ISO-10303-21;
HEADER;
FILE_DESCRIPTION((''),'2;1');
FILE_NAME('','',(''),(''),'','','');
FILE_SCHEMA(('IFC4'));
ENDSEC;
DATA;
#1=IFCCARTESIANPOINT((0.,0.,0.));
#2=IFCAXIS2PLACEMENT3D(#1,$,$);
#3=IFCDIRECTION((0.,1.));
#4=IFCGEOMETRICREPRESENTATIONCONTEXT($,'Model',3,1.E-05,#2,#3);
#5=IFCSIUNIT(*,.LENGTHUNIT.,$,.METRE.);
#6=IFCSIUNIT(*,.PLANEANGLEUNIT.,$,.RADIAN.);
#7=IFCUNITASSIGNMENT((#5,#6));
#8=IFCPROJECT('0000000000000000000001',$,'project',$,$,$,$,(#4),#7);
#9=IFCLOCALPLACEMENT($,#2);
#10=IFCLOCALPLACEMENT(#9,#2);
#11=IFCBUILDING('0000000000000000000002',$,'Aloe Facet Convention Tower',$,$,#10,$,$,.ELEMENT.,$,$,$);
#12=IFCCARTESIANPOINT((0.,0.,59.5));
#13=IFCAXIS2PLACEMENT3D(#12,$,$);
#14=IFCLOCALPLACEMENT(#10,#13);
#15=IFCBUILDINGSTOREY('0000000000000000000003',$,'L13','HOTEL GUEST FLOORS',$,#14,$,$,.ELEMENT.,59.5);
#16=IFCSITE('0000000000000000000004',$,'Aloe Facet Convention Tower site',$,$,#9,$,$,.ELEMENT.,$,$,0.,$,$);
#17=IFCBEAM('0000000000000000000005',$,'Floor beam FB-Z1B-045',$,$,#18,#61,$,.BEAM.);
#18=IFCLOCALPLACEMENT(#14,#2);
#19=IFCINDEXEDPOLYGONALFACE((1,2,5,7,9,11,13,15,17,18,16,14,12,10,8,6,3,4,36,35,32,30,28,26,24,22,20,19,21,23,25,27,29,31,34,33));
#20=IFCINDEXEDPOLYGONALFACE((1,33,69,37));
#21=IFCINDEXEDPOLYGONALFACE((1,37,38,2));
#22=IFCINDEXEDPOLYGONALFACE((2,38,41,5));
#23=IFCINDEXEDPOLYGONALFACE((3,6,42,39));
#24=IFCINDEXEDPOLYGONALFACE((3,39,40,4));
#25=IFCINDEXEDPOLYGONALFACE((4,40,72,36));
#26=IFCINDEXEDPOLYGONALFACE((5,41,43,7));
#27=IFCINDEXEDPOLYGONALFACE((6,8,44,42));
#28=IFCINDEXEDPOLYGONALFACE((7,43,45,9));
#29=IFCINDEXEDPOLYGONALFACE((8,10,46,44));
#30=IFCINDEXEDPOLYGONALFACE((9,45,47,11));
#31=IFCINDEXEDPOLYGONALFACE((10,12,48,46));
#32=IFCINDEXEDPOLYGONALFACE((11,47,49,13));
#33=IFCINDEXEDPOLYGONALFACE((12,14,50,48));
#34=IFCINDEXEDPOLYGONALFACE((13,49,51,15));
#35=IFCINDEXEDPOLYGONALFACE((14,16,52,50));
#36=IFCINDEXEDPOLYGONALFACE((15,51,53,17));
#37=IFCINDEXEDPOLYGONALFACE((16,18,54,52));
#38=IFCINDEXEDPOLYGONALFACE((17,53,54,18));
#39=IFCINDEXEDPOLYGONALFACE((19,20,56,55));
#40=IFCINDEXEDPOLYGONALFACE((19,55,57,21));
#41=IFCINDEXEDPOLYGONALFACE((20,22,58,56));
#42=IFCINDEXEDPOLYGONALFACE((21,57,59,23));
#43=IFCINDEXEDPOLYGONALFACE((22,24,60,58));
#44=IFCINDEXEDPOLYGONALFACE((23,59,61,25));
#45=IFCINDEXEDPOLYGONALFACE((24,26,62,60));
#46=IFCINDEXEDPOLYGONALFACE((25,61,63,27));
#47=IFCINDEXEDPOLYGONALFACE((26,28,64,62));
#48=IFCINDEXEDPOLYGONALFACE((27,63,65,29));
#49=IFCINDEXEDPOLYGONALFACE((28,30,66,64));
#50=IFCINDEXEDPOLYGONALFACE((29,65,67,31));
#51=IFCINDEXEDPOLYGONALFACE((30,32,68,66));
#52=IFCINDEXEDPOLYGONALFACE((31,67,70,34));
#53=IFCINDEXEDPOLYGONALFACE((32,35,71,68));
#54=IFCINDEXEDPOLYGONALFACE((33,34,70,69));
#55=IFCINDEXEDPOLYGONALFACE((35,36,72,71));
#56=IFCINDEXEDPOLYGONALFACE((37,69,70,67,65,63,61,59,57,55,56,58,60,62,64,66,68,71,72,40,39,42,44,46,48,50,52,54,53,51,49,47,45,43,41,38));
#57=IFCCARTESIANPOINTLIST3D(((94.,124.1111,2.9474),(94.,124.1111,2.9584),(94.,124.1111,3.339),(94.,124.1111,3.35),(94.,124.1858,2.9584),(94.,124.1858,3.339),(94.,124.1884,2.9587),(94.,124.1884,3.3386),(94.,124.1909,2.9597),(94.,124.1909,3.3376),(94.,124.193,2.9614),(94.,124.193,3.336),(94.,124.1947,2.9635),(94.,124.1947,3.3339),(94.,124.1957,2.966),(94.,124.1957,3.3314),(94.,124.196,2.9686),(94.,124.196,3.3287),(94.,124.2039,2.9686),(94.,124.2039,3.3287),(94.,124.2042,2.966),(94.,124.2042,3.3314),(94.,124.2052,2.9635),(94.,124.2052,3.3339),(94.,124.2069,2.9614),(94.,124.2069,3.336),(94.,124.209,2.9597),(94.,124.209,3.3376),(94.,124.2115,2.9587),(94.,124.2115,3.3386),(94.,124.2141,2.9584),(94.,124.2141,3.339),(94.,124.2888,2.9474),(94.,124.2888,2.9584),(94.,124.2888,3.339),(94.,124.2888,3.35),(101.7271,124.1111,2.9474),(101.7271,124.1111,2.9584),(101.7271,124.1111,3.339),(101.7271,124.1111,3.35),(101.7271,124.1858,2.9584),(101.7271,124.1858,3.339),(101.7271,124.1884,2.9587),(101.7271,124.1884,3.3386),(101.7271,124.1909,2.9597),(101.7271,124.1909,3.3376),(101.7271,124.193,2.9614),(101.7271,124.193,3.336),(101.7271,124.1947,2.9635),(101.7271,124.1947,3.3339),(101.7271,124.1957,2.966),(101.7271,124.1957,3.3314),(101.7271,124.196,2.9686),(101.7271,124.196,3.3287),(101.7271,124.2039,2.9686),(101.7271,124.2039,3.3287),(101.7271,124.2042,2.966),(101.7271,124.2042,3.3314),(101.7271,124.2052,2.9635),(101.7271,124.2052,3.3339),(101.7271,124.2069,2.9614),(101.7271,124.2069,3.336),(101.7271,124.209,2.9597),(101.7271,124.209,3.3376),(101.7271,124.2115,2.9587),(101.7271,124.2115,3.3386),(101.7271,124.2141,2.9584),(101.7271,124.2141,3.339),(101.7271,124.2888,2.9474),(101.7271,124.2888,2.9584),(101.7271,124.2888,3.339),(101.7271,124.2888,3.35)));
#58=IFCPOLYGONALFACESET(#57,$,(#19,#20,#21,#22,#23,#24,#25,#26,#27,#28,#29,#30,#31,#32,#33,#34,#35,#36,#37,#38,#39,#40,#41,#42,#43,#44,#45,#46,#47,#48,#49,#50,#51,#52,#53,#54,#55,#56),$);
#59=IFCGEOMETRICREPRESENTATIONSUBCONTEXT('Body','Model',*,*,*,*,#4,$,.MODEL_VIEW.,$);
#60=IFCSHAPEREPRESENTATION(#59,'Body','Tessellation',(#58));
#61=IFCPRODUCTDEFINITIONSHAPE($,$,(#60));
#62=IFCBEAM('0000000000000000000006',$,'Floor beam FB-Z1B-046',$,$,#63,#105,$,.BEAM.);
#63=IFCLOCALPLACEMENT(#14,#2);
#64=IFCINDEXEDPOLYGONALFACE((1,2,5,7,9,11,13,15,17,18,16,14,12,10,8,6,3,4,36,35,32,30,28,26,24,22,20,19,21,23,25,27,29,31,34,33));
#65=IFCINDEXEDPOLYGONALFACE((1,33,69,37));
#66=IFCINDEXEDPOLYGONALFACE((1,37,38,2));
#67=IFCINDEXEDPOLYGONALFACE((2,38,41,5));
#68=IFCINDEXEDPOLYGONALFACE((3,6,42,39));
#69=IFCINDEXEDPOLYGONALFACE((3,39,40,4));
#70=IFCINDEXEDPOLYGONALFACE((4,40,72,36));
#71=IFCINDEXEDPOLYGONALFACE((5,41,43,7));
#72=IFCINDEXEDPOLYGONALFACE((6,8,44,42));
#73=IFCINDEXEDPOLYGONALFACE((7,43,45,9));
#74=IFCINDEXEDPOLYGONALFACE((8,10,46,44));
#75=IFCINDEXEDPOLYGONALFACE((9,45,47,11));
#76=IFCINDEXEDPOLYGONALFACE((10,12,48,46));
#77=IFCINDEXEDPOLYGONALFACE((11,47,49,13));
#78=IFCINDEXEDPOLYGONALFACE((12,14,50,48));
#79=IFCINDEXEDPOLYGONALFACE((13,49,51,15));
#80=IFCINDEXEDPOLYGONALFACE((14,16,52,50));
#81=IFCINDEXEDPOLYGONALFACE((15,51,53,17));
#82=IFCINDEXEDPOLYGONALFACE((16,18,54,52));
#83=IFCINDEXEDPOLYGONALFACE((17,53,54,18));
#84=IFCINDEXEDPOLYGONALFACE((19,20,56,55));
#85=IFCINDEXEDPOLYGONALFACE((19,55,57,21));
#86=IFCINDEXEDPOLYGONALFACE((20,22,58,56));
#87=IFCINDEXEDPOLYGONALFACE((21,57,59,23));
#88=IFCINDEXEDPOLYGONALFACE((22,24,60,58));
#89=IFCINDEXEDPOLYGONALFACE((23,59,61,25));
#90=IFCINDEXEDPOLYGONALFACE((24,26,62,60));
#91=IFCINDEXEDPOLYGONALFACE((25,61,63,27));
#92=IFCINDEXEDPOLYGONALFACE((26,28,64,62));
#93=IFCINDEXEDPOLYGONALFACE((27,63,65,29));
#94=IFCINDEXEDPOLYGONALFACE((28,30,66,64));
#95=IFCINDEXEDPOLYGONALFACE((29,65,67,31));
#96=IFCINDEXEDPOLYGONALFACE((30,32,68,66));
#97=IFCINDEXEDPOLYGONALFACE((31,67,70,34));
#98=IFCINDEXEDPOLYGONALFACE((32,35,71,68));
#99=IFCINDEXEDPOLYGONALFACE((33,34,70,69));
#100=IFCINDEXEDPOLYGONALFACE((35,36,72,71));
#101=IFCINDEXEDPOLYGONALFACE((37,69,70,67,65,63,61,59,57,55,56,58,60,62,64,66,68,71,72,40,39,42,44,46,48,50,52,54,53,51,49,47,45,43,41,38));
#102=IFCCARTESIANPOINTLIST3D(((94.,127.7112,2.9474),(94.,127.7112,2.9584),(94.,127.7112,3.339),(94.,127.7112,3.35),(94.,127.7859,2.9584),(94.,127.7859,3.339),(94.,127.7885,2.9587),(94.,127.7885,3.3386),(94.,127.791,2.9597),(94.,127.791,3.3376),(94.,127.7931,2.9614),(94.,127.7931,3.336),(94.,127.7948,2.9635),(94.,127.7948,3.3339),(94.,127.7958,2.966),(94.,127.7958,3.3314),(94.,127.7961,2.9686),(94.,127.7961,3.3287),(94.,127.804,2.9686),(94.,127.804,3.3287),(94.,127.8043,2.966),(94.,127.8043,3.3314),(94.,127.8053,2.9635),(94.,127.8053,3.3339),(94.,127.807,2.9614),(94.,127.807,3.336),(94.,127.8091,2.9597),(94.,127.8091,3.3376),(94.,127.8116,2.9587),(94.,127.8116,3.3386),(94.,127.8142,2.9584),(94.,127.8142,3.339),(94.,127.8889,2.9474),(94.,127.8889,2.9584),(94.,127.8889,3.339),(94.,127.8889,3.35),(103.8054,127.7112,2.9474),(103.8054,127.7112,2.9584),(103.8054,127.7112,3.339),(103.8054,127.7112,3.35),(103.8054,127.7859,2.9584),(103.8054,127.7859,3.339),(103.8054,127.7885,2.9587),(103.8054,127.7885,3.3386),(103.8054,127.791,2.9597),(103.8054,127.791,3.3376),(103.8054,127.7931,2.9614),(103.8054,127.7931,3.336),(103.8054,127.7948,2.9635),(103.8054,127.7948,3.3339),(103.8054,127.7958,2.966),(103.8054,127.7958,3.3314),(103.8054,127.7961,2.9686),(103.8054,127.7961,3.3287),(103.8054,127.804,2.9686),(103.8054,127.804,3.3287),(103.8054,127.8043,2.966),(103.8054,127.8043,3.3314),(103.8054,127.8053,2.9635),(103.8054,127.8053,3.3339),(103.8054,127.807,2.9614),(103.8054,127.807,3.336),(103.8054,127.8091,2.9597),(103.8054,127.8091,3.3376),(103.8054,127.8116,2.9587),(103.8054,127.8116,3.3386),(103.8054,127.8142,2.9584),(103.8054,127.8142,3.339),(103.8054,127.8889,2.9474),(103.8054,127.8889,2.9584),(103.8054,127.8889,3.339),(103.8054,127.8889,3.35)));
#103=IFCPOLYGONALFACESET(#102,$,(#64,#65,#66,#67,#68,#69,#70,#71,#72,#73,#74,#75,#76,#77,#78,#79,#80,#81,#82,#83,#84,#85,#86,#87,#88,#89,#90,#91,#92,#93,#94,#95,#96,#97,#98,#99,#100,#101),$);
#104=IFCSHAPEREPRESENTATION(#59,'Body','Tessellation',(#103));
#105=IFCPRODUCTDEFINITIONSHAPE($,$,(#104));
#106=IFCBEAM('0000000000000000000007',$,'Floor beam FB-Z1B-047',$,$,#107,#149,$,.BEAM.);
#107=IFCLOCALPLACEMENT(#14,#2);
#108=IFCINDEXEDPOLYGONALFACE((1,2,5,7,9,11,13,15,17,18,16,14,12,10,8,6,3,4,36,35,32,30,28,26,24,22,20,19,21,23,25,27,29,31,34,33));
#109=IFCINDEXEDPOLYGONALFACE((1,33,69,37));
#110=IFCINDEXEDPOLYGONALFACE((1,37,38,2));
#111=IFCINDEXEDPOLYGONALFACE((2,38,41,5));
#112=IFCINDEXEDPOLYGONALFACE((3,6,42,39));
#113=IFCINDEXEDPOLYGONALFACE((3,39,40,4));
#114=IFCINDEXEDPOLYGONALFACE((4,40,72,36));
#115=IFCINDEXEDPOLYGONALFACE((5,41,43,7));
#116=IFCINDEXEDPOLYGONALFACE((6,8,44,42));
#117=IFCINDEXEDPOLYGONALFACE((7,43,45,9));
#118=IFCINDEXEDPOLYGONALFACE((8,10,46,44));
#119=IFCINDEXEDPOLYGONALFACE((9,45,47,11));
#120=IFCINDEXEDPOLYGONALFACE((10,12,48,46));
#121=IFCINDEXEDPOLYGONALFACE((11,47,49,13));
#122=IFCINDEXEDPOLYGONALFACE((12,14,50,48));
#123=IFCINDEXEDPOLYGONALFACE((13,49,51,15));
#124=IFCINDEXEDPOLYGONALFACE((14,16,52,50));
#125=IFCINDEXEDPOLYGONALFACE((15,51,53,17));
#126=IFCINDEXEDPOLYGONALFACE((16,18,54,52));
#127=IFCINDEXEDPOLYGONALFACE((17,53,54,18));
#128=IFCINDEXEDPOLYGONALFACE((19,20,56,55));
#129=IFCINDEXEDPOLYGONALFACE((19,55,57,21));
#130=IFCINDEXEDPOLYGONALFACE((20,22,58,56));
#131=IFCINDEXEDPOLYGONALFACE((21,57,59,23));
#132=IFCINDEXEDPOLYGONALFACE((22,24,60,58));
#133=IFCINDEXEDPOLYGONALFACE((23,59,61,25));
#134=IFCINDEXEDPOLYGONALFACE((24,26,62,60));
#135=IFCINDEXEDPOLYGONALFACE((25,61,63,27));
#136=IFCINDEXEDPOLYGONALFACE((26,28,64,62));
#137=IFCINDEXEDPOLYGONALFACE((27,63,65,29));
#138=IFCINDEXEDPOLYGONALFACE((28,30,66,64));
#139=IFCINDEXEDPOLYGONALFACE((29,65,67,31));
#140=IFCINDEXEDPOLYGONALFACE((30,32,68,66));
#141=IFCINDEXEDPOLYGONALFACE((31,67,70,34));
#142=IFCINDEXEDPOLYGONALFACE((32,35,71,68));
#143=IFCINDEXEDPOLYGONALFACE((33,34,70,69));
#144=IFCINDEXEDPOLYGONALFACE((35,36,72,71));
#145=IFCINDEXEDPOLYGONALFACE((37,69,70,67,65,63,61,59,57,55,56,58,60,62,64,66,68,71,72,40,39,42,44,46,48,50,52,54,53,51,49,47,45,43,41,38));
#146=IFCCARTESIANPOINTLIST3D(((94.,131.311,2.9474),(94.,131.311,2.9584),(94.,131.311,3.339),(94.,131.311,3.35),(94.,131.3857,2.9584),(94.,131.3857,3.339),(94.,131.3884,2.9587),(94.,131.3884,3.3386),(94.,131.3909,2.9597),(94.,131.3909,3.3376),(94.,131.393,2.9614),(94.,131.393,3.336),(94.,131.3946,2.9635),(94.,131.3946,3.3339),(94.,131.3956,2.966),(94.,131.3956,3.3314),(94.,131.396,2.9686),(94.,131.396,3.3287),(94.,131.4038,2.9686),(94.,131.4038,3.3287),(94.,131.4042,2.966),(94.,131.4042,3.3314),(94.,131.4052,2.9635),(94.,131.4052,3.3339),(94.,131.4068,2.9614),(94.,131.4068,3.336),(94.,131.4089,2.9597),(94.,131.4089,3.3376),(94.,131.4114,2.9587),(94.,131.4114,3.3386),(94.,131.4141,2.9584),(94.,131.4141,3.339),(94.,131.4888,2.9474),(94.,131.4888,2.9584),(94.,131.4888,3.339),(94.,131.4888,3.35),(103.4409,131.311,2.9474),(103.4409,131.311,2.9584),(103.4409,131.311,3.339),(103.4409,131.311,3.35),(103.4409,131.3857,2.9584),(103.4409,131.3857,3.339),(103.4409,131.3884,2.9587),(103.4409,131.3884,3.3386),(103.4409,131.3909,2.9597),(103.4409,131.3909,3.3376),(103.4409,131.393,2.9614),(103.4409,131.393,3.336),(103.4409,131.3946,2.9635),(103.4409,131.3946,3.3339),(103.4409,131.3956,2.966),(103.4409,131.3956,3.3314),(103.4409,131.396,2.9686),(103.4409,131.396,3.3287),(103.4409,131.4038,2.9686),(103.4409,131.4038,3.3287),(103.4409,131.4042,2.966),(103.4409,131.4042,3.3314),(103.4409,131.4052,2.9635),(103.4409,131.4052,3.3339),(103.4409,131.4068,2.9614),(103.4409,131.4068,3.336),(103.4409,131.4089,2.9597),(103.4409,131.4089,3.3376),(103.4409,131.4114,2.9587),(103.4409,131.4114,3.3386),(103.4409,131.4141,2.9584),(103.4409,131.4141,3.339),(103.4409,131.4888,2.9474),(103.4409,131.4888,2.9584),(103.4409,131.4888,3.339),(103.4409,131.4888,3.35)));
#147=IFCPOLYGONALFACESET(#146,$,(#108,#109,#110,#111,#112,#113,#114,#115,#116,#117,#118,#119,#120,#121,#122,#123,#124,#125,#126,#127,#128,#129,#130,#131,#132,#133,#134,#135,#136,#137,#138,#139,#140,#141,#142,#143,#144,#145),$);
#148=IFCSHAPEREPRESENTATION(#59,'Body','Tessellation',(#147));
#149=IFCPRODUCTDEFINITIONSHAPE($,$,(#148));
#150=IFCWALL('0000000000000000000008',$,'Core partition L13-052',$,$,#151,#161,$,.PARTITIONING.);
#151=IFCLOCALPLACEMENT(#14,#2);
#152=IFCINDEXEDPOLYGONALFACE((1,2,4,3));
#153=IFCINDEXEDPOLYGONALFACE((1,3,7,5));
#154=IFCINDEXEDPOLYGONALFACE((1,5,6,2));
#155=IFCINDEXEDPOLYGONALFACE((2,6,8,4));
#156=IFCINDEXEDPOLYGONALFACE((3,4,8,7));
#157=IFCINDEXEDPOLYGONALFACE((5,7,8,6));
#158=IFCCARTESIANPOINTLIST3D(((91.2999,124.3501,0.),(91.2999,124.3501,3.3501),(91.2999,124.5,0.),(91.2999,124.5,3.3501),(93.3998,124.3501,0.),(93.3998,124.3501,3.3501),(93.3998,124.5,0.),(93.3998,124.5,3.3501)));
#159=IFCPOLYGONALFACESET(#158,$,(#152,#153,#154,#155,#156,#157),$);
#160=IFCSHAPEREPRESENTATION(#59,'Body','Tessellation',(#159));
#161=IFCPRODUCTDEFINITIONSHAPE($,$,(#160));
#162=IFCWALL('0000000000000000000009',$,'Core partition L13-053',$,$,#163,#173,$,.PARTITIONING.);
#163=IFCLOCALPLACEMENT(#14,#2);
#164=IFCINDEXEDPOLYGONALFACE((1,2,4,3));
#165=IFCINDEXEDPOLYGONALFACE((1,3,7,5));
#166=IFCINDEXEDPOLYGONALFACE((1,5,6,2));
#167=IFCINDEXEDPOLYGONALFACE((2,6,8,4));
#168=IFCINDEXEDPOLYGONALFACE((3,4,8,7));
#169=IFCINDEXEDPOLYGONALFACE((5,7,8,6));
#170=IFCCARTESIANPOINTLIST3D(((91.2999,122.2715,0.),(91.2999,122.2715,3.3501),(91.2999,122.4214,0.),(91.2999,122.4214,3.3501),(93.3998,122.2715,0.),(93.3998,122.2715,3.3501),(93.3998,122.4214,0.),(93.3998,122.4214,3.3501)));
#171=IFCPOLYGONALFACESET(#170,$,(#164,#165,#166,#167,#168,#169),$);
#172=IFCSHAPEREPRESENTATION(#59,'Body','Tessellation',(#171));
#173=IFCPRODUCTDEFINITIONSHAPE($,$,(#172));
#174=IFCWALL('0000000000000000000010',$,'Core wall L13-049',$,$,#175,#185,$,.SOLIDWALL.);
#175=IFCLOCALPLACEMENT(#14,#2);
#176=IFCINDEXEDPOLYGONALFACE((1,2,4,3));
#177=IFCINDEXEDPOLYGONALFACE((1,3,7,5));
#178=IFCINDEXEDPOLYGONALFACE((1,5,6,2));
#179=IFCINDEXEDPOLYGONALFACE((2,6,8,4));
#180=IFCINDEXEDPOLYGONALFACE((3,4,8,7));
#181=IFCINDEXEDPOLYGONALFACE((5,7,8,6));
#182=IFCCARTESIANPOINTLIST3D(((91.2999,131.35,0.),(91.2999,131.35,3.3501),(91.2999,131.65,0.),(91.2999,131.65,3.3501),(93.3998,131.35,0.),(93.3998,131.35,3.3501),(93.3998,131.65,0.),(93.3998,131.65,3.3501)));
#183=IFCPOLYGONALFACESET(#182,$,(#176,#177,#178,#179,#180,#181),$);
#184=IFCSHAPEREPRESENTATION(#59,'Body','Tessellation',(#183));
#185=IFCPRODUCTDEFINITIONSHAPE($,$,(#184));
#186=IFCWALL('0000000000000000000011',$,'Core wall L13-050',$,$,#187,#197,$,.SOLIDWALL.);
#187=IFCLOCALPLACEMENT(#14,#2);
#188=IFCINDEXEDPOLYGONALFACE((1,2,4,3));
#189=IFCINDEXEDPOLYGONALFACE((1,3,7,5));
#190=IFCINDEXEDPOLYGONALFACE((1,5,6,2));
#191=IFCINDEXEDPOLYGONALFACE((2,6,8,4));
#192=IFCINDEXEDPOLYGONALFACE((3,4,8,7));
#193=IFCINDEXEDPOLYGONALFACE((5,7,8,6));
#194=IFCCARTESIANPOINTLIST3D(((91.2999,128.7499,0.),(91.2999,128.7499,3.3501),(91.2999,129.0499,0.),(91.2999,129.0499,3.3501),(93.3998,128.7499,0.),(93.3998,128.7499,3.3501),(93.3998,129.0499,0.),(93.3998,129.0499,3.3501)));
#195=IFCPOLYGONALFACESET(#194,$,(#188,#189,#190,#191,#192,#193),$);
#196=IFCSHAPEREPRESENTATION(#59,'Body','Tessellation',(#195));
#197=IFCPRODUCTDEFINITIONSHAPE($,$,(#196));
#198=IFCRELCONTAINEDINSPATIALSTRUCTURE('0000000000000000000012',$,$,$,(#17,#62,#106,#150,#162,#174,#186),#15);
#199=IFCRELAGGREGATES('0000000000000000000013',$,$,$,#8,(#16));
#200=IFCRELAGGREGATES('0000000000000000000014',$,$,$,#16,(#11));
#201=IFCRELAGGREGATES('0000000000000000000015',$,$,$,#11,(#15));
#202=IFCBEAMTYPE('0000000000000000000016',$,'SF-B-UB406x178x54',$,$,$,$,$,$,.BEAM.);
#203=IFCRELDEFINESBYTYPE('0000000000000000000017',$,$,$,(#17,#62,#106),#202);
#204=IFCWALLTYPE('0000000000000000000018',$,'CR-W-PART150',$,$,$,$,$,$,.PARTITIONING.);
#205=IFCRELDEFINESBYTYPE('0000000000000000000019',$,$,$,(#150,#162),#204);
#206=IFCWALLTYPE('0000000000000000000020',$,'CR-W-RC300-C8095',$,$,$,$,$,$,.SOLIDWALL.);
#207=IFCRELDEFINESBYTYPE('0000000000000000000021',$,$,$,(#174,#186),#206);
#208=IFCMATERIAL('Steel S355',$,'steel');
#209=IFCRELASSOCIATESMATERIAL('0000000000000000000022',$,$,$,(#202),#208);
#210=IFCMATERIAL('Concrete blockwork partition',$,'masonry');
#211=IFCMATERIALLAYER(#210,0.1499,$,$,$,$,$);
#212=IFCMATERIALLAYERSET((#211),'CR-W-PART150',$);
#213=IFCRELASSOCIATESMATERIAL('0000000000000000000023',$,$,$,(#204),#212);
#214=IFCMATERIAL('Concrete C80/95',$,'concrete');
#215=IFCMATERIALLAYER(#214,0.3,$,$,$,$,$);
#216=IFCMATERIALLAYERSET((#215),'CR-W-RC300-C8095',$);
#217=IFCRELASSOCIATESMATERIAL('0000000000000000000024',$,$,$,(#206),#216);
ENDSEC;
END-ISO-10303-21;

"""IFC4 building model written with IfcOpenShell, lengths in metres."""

from ifc_helpers import new_model, si_unit, direction, frame, frame_2d, origin, origin_2d, place, context, subcontext, project, spatial, rectangle, i_section, extrude, material, layer, layer_set, material_profile, profile_set, type_object, element, save


model = new_model("IFC4")

# Units and contexts
model_context = context("Model", 3, precision=1e-05, world=origin(), true_north=direction((0.0, 1.0)))
body_context = subcontext(model_context, "Body", "Model", "MODEL_VIEW")
ifc_project = project(units=[si_unit("LENGTHUNIT", "METRE"), si_unit("PLANEANGLEUNIT", "RADIAN")], contexts=[model_context])

# Site, building, storey
site_placement = place(None, origin())
site = spatial("IfcSite", under=ifc_project, at=site_placement, Name="Aloe Facet Convention Tower site", CompositionType="ELEMENT", RefElevation=0.0)
building_placement = place(site_placement, origin())
building = spatial("IfcBuilding", under=site, at=building_placement, Name="Aloe Facet Convention Tower", CompositionType="ELEMENT")
storey_placement = place(building_placement, frame((0.0, 0.0, 59.5)))
storey = spatial("IfcBuildingStorey", under=building, at=storey_placement, Name="L13", Description="HOTEL GUEST FLOORS", CompositionType="ELEMENT", Elevation=59.5)

# Beams
ifc_material_1 = material(Name="Steel S355", Category="steel")
ifc_material_profile = material_profile(ifc_material_1, i_section(OverallWidth=0.1777, OverallDepth=0.4026, WebThickness=0.0078, FlangeThickness=0.011, FilletRadius=0.0103, at=origin_2d()), Name="UB 406x178x54")
ifc_profile_set = profile_set([ifc_material_profile], Name="Steel S355")
beam_type = type_object("IfcBeamType", Name="SF-B-UB406x178x54", PredefinedType="BEAM", material=ifc_profile_set)
beam_1_placement = place(storey_placement, frame((94.0, 124.2, 3.1487), z_axis=(1.0, 0.0, 0.0), x_axis=(0.0, 1.0, 0.0)))
element("IfcBeam", 1, at=beam_1_placement, inside=storey, type_object=beam_type, Name="Floor beam FB-Z1B-045", PredefinedType="BEAM", context=body_context, shape_type="SweptSolid", body=[
    extrude(i_section(OverallWidth=0.1777, OverallDepth=0.4026, WebThickness=0.0078, FlangeThickness=0.011, FilletRadius=0.0103, at=origin_2d()), origin(), (0.0, 0.0, 1.0), 7.7271),
])
beam_2_placement = place(storey_placement, frame((94.0, 127.8, 3.1487), z_axis=(1.0, 0.0, 0.0), x_axis=(0.0, 1.0, 0.0)))
element("IfcBeam", 2, at=beam_2_placement, inside=storey, type_object=beam_type, Name="Floor beam FB-Z1B-046", PredefinedType="BEAM", context=body_context, shape_type="SweptSolid", body=[
    extrude(i_section(OverallWidth=0.1777, OverallDepth=0.4026, WebThickness=0.0078, FlangeThickness=0.011, FilletRadius=0.0103, at=origin_2d()), origin(), (0.0, 0.0, 1.0), 9.8054),
])
beam_3_placement = place(storey_placement, frame((94.0, 131.3999, 3.1487), z_axis=(1.0, 0.0, 0.0), x_axis=(0.0, 1.0, 0.0)))
element("IfcBeam", 3, at=beam_3_placement, inside=storey, type_object=beam_type, Name="Floor beam FB-Z1B-047", PredefinedType="BEAM", context=body_context, shape_type="SweptSolid", body=[
    extrude(i_section(OverallWidth=0.1777, OverallDepth=0.4026, WebThickness=0.0078, FlangeThickness=0.011, FilletRadius=0.0103, at=origin_2d()), origin(), (0.0, 0.0, 1.0), 9.4409),
])

# Walls
ifc_material_2 = material(Name="Concrete blockwork partition", Category="masonry")
ifc_layer_1 = layer(ifc_material_2, 0.1499)
ifc_layer_set_1 = layer_set([ifc_layer_1], Name="CR-W-PART150")
wall_type_1 = type_object("IfcWallType", Name="CR-W-PART150", PredefinedType="PARTITIONING", material=ifc_layer_set_1)
for number, where, z_axis, x_axis, name in (
    (4, (91.3, 124.425, 0.0), (0.0, 0.0, 1.0), (1.0, 0.0, 0.0), "Core partition L13-052"),
    (5, (91.3, 122.3464, 0.0), (0.0, 0.0, 1.0), (1.0, 0.0, 0.0), "Core partition L13-053"),
):
    element("IfcWall", number, at=place(storey_placement, frame(where, z_axis=z_axis, x_axis=x_axis)), inside=storey, type_object=wall_type_1, Name=name, PredefinedType="PARTITIONING", context=body_context, shape_type="SweptSolid", body=[
        extrude(rectangle(XDim=2.0999, YDim=0.1499, at=frame_2d((1.0498, 0.0))), origin(), (0.0, 0.0, 1.0), 3.3501),
    ])
ifc_material_3 = material(Name="Concrete C80/95", Category="concrete")
ifc_layer_2 = layer(ifc_material_3, 0.3)
ifc_layer_set_2 = layer_set([ifc_layer_2], Name="CR-W-RC300-C8095")
wall_type_2 = type_object("IfcWallType", Name="CR-W-RC300-C8095", PredefinedType="SOLIDWALL", material=ifc_layer_set_2)
for number, where, z_axis, x_axis, name in (
    (6, (91.3, 131.5, 0.0), (0.0, 0.0, 1.0), (1.0, 0.0, 0.0), "Core wall L13-049"),
    (7, (91.3, 128.8999, 0.0), (0.0, 0.0, 1.0), (1.0, 0.0, 0.0), "Core wall L13-050"),
):
    element("IfcWall", number, at=place(storey_placement, frame(where, z_axis=z_axis, x_axis=x_axis)), inside=storey, type_object=wall_type_2, Name=name, PredefinedType="SOLIDWALL", context=body_context, shape_type="SweptSolid", body=[
        extrude(rectangle(XDim=2.0999, YDim=0.3, at=frame_2d((1.0498, 0.0))), origin(), (0.0, 0.0, 1.0), 3.3501),
    ])

save(model, "model.ifc")
